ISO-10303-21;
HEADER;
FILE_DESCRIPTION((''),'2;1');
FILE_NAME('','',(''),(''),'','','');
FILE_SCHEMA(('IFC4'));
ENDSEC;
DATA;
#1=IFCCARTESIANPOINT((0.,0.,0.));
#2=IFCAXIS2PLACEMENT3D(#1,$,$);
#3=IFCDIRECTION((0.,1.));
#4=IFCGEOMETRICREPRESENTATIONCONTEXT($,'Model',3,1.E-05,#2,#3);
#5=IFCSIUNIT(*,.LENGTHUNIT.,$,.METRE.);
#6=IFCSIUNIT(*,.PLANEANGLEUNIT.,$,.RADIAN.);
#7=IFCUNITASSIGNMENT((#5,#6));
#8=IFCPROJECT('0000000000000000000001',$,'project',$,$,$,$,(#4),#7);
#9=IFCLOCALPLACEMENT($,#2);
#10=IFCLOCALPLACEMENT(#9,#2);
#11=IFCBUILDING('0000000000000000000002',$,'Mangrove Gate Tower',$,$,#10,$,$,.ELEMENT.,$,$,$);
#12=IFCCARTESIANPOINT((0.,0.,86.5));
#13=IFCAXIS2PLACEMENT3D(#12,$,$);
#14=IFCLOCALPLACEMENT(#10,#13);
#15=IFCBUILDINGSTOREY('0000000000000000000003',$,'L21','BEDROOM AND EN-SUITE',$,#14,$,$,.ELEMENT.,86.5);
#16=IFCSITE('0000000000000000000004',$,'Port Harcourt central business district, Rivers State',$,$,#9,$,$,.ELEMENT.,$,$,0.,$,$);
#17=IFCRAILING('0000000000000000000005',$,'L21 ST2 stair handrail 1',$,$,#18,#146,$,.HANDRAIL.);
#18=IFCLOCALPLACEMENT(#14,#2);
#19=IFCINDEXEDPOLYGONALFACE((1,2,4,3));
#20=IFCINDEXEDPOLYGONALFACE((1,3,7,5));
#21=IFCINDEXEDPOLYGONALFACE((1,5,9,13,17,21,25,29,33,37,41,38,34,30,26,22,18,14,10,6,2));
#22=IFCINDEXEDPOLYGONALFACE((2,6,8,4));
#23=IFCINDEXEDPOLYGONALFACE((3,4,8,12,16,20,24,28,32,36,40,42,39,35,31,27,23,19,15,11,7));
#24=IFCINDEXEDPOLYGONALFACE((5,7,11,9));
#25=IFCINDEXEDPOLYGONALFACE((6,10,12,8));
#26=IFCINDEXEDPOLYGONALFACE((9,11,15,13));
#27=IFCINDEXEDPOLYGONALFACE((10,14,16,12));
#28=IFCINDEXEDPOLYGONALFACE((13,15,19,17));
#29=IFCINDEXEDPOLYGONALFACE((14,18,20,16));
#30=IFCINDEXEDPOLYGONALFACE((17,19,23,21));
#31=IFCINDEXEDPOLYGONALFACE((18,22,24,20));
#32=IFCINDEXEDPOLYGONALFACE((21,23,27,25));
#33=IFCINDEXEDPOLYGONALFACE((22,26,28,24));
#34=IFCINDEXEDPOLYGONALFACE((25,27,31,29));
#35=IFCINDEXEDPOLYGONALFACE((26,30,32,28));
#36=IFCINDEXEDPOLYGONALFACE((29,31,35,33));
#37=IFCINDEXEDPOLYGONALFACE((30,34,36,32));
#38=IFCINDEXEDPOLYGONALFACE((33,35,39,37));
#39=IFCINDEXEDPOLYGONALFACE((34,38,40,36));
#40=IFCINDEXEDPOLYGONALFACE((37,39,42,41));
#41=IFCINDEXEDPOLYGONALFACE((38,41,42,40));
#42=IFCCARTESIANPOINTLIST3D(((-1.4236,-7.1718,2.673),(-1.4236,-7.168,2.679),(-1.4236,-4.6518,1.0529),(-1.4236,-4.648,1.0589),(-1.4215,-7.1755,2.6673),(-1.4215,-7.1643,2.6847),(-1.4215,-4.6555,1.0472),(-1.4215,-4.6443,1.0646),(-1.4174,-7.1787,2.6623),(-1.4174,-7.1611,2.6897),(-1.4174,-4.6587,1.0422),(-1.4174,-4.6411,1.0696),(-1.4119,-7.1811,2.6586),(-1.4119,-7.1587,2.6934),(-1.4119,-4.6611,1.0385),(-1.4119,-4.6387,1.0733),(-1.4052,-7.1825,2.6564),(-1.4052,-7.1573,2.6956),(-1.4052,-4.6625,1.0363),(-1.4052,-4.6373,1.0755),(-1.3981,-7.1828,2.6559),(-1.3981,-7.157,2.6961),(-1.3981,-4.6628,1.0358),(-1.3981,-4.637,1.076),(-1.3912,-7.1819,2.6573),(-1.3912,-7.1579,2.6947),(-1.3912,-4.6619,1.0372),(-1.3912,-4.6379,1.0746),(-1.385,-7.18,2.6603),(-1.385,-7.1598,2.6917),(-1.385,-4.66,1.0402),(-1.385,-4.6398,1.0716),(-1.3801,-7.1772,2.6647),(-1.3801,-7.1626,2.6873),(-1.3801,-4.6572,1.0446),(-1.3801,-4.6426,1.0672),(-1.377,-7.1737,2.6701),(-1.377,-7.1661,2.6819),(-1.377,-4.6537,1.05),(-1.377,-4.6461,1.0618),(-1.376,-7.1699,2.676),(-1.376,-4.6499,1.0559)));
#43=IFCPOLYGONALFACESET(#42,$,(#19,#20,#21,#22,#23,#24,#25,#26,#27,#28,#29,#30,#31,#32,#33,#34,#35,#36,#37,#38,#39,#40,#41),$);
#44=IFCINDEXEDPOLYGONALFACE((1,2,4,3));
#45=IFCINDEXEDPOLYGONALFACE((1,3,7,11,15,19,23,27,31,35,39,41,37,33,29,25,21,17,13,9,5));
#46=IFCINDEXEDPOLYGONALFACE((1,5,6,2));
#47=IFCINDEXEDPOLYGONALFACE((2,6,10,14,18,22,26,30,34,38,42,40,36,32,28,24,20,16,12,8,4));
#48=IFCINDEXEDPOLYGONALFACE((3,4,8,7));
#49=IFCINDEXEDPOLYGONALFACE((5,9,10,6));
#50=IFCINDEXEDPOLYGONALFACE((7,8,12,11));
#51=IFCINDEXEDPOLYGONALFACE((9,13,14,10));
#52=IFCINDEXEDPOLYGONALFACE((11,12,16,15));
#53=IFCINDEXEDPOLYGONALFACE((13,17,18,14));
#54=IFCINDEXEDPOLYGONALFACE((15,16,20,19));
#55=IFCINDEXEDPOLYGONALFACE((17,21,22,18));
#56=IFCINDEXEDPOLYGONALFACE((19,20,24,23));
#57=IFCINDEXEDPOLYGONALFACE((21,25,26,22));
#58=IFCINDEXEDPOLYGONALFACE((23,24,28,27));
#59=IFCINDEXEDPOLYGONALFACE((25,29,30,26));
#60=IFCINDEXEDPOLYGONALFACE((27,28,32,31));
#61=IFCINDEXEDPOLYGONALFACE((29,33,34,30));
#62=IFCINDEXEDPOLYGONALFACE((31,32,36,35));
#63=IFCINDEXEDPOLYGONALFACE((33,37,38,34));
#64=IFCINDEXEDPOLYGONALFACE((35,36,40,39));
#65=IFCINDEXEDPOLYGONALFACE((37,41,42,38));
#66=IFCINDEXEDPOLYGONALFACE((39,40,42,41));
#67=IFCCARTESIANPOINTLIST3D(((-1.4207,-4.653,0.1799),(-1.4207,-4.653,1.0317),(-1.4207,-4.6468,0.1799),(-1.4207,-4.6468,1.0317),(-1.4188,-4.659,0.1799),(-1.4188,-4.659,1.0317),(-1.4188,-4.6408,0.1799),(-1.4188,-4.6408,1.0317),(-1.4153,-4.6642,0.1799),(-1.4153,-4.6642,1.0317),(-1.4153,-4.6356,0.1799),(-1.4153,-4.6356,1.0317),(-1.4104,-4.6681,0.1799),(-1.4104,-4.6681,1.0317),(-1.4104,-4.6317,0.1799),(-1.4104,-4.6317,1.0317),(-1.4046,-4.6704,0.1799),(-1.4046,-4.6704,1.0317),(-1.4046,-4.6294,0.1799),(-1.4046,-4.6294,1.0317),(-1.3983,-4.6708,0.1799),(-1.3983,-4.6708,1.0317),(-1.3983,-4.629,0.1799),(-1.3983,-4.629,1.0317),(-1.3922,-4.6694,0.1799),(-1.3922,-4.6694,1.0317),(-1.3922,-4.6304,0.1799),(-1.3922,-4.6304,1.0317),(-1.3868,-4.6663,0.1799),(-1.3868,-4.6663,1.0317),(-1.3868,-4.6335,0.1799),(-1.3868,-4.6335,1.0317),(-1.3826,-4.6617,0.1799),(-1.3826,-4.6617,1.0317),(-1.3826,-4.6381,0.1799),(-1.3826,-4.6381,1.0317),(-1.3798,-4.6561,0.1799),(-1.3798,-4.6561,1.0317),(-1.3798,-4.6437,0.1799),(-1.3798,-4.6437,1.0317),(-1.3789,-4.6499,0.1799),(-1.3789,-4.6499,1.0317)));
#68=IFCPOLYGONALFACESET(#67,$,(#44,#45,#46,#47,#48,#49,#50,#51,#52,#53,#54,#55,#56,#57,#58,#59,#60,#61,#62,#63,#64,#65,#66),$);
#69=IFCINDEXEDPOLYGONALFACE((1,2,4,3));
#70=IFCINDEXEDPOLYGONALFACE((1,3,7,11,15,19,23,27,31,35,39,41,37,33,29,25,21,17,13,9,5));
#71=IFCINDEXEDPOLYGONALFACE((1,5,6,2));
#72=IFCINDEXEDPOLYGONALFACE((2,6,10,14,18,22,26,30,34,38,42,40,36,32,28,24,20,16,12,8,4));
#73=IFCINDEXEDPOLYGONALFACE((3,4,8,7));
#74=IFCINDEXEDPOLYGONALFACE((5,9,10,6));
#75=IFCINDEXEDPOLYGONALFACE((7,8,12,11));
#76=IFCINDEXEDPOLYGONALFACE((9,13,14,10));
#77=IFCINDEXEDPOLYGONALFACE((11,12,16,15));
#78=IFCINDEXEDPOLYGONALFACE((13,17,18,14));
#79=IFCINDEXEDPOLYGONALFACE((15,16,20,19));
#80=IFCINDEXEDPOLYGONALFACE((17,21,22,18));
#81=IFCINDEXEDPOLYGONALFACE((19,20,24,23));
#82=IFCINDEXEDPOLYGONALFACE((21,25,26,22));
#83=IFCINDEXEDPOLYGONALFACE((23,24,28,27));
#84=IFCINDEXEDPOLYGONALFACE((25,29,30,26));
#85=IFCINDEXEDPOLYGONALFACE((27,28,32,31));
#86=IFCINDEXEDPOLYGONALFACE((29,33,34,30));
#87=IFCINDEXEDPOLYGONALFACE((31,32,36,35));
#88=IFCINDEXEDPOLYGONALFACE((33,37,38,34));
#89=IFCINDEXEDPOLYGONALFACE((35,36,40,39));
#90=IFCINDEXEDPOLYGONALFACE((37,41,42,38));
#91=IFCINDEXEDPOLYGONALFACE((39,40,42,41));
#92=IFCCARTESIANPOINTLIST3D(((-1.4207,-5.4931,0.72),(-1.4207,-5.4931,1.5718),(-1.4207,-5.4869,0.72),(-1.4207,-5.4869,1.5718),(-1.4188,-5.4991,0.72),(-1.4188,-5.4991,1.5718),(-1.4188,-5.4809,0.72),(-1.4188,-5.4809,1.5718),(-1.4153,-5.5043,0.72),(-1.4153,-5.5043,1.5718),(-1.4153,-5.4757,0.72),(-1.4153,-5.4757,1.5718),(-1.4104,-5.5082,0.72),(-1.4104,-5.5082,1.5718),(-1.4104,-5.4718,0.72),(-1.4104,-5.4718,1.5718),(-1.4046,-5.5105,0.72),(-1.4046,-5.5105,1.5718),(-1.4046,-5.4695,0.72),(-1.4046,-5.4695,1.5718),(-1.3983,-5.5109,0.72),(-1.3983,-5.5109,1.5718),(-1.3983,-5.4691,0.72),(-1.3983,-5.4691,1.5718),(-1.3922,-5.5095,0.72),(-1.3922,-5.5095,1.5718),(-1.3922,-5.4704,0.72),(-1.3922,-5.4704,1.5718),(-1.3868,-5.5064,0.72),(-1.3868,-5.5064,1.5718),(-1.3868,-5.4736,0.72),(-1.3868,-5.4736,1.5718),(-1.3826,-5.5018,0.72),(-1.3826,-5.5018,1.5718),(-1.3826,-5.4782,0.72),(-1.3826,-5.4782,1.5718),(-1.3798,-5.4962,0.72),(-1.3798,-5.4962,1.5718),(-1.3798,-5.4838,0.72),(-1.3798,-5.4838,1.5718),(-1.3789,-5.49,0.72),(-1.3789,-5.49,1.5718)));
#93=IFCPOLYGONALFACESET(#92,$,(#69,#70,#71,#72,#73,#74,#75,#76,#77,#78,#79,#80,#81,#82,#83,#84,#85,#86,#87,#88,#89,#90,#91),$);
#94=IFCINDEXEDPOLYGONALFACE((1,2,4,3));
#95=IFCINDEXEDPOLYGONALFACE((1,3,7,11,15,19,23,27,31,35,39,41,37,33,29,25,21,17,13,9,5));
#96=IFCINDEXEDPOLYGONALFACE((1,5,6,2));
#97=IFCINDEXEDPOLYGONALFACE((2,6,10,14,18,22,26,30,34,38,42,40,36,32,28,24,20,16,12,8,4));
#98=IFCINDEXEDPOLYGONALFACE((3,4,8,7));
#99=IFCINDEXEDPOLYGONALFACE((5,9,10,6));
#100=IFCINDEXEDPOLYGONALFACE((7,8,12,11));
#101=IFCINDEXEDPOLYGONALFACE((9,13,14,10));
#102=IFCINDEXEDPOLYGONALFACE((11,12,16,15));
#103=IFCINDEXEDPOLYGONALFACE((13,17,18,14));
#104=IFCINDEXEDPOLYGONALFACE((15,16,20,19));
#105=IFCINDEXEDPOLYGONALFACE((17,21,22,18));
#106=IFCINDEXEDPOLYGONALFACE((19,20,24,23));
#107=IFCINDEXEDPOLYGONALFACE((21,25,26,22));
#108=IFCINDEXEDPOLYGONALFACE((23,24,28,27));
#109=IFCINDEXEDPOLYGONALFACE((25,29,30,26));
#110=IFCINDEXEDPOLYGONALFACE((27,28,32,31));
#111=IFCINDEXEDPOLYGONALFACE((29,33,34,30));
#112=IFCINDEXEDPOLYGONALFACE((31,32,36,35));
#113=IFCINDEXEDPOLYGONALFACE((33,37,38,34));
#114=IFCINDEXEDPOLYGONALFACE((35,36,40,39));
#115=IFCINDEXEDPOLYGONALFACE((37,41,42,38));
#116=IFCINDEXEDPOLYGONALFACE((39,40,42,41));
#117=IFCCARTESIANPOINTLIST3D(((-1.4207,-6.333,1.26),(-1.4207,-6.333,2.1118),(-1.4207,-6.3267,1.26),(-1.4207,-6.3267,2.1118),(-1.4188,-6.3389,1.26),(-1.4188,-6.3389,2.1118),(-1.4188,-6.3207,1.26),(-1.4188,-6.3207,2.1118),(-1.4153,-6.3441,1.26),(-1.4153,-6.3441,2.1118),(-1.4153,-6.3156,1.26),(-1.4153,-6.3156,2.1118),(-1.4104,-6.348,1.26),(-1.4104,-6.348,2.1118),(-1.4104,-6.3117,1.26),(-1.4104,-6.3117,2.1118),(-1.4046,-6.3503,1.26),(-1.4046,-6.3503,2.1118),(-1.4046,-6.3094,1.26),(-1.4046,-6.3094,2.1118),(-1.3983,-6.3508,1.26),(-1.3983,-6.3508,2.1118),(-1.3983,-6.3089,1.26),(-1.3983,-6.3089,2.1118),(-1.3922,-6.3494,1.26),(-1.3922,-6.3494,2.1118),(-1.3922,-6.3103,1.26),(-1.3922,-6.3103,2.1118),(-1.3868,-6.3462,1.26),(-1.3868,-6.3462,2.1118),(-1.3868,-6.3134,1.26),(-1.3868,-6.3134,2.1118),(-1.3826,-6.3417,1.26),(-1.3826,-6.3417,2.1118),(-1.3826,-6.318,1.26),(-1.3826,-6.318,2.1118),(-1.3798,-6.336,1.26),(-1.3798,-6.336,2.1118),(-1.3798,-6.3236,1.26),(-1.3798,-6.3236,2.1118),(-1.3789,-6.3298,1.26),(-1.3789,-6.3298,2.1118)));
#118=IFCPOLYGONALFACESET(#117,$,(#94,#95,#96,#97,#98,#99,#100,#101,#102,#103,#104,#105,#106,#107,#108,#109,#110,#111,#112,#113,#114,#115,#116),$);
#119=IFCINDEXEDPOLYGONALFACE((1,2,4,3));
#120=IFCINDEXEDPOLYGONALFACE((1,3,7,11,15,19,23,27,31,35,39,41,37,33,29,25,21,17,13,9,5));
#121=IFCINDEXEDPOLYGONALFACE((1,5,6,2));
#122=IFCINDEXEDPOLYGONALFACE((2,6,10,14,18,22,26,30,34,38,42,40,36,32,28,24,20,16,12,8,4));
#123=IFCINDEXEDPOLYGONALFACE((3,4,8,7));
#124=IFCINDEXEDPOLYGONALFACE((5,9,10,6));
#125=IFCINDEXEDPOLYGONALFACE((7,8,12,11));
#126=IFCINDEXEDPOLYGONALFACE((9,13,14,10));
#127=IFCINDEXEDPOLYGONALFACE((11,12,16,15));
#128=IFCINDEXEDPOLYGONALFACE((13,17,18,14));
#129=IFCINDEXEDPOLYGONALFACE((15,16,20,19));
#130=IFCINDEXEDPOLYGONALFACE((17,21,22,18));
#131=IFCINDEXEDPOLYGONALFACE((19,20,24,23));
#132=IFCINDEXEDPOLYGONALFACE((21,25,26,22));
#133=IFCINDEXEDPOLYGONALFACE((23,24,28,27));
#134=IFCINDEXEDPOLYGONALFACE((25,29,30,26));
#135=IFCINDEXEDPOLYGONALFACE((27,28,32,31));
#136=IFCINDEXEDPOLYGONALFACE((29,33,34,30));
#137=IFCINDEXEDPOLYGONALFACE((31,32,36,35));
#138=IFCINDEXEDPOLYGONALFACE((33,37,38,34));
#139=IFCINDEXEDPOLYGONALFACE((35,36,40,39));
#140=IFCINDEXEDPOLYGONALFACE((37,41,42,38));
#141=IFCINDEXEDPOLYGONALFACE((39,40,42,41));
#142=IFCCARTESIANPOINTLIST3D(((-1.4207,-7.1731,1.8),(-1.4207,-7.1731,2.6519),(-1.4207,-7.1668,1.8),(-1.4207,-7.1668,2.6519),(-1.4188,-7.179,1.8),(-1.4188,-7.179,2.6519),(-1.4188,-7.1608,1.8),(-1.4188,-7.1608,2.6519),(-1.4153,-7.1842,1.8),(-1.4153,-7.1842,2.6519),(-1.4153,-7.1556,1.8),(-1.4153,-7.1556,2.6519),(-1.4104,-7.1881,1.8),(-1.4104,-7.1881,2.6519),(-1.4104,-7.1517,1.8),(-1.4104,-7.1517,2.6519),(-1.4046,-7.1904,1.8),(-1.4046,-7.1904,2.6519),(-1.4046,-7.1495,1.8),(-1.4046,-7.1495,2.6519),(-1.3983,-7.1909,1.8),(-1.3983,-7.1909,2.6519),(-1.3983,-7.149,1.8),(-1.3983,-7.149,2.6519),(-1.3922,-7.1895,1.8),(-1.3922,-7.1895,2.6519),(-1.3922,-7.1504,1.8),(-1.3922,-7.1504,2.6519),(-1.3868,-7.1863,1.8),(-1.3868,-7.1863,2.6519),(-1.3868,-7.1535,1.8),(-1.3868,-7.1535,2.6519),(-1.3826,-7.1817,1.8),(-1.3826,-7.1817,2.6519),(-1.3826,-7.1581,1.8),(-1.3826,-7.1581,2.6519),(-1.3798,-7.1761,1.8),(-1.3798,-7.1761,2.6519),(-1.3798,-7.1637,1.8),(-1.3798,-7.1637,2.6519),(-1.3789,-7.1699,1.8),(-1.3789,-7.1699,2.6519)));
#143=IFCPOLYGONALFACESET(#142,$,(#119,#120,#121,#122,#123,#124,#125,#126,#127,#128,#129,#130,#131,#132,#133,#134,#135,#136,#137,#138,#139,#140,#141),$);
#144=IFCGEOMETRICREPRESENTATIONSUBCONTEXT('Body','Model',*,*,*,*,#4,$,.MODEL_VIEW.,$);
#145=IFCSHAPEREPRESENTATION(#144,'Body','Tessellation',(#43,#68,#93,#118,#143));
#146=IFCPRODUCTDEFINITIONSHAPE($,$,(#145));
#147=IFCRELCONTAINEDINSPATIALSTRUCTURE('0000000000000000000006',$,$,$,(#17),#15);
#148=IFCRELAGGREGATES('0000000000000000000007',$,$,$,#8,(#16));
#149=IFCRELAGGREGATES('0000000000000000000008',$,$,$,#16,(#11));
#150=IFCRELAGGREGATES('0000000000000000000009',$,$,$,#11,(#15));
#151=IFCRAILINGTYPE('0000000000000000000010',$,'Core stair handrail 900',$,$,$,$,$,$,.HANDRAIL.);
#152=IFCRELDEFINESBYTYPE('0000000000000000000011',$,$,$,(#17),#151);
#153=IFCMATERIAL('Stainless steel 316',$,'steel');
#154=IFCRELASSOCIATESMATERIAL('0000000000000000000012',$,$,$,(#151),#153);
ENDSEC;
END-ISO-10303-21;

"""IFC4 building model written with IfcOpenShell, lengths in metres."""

from ifc_helpers import new_model, si_unit, direction, frame, origin, origin_2d, place, context, subcontext, project, spatial, circle, extrude, material, type_object, element, save


model = new_model("IFC4")

# Units and contexts
model_context = context("Model", 3, precision=1e-05, world=origin(), true_north=direction((0.0, 1.0)))
body_context = subcontext(model_context, "Body", "Model", "MODEL_VIEW")
ifc_project = project(units=[si_unit("LENGTHUNIT", "METRE"), si_unit("PLANEANGLEUNIT", "RADIAN")], contexts=[model_context])

# Site, building, storey
site_placement = place(None, origin())
site = spatial("IfcSite", under=ifc_project, at=site_placement, Name="Port Harcourt central business district, Rivers State", CompositionType="ELEMENT", RefElevation=0.0)
building_placement = place(site_placement, origin())
building = spatial("IfcBuilding", under=site, at=building_placement, Name="Mangrove Gate Tower", CompositionType="ELEMENT")
storey_placement = place(building_placement, frame((0.0, 0.0, 86.5)))
storey = spatial("IfcBuildingStorey", under=building, at=storey_placement, Name="L21", Description="BEDROOM AND EN-SUITE", CompositionType="ELEMENT", Elevation=86.5)

# Railing
ifc_material_1 = material(Name="Stainless steel 316", Category="steel")
railing_type_1 = type_object("IfcRailingType", Name="Core stair handrail 900", PredefinedType="HANDRAIL", material=ifc_material_1)
railing_1_placement = place(storey_placement, frame((-1.3999, -4.6499, 0.1799)))
element("IfcRailing", 1, at=railing_1_placement, inside=storey, type_object=railing_type_1, Name="L21 ST2 stair handrail 1", PredefinedType="HANDRAIL", context=body_context, shape_type="SweptSolid", body=[
    extrude(circle(Radius=0.0239, at=origin_2d()), frame((0.0, 0.0, 0.876), z_axis=(0.0, -0.841163, 0.540782), x_axis=(1.0, 0.0, 0.0)), (0.0, 0.0, 1.0), 2.9958),
    extrude(circle(Radius=0.021, at=origin_2d()), origin(), (0.0, 0.0, 1.0), 0.8518),
    extrude(circle(Radius=0.021, at=origin_2d()), frame((0.0, -0.8401, 0.54)), (0.0, 0.0, 1.0), 0.8518),
    extrude(circle(Radius=0.021, at=origin_2d()), frame((0.0, -1.6799, 1.0801)), (0.0, 0.0, 1.0), 0.8518),
    extrude(circle(Radius=0.021, at=origin_2d()), frame((0.0, -2.52, 1.6201)), (0.0, 0.0, 1.0), 0.8518),
])

save(model, "model.ifc")
